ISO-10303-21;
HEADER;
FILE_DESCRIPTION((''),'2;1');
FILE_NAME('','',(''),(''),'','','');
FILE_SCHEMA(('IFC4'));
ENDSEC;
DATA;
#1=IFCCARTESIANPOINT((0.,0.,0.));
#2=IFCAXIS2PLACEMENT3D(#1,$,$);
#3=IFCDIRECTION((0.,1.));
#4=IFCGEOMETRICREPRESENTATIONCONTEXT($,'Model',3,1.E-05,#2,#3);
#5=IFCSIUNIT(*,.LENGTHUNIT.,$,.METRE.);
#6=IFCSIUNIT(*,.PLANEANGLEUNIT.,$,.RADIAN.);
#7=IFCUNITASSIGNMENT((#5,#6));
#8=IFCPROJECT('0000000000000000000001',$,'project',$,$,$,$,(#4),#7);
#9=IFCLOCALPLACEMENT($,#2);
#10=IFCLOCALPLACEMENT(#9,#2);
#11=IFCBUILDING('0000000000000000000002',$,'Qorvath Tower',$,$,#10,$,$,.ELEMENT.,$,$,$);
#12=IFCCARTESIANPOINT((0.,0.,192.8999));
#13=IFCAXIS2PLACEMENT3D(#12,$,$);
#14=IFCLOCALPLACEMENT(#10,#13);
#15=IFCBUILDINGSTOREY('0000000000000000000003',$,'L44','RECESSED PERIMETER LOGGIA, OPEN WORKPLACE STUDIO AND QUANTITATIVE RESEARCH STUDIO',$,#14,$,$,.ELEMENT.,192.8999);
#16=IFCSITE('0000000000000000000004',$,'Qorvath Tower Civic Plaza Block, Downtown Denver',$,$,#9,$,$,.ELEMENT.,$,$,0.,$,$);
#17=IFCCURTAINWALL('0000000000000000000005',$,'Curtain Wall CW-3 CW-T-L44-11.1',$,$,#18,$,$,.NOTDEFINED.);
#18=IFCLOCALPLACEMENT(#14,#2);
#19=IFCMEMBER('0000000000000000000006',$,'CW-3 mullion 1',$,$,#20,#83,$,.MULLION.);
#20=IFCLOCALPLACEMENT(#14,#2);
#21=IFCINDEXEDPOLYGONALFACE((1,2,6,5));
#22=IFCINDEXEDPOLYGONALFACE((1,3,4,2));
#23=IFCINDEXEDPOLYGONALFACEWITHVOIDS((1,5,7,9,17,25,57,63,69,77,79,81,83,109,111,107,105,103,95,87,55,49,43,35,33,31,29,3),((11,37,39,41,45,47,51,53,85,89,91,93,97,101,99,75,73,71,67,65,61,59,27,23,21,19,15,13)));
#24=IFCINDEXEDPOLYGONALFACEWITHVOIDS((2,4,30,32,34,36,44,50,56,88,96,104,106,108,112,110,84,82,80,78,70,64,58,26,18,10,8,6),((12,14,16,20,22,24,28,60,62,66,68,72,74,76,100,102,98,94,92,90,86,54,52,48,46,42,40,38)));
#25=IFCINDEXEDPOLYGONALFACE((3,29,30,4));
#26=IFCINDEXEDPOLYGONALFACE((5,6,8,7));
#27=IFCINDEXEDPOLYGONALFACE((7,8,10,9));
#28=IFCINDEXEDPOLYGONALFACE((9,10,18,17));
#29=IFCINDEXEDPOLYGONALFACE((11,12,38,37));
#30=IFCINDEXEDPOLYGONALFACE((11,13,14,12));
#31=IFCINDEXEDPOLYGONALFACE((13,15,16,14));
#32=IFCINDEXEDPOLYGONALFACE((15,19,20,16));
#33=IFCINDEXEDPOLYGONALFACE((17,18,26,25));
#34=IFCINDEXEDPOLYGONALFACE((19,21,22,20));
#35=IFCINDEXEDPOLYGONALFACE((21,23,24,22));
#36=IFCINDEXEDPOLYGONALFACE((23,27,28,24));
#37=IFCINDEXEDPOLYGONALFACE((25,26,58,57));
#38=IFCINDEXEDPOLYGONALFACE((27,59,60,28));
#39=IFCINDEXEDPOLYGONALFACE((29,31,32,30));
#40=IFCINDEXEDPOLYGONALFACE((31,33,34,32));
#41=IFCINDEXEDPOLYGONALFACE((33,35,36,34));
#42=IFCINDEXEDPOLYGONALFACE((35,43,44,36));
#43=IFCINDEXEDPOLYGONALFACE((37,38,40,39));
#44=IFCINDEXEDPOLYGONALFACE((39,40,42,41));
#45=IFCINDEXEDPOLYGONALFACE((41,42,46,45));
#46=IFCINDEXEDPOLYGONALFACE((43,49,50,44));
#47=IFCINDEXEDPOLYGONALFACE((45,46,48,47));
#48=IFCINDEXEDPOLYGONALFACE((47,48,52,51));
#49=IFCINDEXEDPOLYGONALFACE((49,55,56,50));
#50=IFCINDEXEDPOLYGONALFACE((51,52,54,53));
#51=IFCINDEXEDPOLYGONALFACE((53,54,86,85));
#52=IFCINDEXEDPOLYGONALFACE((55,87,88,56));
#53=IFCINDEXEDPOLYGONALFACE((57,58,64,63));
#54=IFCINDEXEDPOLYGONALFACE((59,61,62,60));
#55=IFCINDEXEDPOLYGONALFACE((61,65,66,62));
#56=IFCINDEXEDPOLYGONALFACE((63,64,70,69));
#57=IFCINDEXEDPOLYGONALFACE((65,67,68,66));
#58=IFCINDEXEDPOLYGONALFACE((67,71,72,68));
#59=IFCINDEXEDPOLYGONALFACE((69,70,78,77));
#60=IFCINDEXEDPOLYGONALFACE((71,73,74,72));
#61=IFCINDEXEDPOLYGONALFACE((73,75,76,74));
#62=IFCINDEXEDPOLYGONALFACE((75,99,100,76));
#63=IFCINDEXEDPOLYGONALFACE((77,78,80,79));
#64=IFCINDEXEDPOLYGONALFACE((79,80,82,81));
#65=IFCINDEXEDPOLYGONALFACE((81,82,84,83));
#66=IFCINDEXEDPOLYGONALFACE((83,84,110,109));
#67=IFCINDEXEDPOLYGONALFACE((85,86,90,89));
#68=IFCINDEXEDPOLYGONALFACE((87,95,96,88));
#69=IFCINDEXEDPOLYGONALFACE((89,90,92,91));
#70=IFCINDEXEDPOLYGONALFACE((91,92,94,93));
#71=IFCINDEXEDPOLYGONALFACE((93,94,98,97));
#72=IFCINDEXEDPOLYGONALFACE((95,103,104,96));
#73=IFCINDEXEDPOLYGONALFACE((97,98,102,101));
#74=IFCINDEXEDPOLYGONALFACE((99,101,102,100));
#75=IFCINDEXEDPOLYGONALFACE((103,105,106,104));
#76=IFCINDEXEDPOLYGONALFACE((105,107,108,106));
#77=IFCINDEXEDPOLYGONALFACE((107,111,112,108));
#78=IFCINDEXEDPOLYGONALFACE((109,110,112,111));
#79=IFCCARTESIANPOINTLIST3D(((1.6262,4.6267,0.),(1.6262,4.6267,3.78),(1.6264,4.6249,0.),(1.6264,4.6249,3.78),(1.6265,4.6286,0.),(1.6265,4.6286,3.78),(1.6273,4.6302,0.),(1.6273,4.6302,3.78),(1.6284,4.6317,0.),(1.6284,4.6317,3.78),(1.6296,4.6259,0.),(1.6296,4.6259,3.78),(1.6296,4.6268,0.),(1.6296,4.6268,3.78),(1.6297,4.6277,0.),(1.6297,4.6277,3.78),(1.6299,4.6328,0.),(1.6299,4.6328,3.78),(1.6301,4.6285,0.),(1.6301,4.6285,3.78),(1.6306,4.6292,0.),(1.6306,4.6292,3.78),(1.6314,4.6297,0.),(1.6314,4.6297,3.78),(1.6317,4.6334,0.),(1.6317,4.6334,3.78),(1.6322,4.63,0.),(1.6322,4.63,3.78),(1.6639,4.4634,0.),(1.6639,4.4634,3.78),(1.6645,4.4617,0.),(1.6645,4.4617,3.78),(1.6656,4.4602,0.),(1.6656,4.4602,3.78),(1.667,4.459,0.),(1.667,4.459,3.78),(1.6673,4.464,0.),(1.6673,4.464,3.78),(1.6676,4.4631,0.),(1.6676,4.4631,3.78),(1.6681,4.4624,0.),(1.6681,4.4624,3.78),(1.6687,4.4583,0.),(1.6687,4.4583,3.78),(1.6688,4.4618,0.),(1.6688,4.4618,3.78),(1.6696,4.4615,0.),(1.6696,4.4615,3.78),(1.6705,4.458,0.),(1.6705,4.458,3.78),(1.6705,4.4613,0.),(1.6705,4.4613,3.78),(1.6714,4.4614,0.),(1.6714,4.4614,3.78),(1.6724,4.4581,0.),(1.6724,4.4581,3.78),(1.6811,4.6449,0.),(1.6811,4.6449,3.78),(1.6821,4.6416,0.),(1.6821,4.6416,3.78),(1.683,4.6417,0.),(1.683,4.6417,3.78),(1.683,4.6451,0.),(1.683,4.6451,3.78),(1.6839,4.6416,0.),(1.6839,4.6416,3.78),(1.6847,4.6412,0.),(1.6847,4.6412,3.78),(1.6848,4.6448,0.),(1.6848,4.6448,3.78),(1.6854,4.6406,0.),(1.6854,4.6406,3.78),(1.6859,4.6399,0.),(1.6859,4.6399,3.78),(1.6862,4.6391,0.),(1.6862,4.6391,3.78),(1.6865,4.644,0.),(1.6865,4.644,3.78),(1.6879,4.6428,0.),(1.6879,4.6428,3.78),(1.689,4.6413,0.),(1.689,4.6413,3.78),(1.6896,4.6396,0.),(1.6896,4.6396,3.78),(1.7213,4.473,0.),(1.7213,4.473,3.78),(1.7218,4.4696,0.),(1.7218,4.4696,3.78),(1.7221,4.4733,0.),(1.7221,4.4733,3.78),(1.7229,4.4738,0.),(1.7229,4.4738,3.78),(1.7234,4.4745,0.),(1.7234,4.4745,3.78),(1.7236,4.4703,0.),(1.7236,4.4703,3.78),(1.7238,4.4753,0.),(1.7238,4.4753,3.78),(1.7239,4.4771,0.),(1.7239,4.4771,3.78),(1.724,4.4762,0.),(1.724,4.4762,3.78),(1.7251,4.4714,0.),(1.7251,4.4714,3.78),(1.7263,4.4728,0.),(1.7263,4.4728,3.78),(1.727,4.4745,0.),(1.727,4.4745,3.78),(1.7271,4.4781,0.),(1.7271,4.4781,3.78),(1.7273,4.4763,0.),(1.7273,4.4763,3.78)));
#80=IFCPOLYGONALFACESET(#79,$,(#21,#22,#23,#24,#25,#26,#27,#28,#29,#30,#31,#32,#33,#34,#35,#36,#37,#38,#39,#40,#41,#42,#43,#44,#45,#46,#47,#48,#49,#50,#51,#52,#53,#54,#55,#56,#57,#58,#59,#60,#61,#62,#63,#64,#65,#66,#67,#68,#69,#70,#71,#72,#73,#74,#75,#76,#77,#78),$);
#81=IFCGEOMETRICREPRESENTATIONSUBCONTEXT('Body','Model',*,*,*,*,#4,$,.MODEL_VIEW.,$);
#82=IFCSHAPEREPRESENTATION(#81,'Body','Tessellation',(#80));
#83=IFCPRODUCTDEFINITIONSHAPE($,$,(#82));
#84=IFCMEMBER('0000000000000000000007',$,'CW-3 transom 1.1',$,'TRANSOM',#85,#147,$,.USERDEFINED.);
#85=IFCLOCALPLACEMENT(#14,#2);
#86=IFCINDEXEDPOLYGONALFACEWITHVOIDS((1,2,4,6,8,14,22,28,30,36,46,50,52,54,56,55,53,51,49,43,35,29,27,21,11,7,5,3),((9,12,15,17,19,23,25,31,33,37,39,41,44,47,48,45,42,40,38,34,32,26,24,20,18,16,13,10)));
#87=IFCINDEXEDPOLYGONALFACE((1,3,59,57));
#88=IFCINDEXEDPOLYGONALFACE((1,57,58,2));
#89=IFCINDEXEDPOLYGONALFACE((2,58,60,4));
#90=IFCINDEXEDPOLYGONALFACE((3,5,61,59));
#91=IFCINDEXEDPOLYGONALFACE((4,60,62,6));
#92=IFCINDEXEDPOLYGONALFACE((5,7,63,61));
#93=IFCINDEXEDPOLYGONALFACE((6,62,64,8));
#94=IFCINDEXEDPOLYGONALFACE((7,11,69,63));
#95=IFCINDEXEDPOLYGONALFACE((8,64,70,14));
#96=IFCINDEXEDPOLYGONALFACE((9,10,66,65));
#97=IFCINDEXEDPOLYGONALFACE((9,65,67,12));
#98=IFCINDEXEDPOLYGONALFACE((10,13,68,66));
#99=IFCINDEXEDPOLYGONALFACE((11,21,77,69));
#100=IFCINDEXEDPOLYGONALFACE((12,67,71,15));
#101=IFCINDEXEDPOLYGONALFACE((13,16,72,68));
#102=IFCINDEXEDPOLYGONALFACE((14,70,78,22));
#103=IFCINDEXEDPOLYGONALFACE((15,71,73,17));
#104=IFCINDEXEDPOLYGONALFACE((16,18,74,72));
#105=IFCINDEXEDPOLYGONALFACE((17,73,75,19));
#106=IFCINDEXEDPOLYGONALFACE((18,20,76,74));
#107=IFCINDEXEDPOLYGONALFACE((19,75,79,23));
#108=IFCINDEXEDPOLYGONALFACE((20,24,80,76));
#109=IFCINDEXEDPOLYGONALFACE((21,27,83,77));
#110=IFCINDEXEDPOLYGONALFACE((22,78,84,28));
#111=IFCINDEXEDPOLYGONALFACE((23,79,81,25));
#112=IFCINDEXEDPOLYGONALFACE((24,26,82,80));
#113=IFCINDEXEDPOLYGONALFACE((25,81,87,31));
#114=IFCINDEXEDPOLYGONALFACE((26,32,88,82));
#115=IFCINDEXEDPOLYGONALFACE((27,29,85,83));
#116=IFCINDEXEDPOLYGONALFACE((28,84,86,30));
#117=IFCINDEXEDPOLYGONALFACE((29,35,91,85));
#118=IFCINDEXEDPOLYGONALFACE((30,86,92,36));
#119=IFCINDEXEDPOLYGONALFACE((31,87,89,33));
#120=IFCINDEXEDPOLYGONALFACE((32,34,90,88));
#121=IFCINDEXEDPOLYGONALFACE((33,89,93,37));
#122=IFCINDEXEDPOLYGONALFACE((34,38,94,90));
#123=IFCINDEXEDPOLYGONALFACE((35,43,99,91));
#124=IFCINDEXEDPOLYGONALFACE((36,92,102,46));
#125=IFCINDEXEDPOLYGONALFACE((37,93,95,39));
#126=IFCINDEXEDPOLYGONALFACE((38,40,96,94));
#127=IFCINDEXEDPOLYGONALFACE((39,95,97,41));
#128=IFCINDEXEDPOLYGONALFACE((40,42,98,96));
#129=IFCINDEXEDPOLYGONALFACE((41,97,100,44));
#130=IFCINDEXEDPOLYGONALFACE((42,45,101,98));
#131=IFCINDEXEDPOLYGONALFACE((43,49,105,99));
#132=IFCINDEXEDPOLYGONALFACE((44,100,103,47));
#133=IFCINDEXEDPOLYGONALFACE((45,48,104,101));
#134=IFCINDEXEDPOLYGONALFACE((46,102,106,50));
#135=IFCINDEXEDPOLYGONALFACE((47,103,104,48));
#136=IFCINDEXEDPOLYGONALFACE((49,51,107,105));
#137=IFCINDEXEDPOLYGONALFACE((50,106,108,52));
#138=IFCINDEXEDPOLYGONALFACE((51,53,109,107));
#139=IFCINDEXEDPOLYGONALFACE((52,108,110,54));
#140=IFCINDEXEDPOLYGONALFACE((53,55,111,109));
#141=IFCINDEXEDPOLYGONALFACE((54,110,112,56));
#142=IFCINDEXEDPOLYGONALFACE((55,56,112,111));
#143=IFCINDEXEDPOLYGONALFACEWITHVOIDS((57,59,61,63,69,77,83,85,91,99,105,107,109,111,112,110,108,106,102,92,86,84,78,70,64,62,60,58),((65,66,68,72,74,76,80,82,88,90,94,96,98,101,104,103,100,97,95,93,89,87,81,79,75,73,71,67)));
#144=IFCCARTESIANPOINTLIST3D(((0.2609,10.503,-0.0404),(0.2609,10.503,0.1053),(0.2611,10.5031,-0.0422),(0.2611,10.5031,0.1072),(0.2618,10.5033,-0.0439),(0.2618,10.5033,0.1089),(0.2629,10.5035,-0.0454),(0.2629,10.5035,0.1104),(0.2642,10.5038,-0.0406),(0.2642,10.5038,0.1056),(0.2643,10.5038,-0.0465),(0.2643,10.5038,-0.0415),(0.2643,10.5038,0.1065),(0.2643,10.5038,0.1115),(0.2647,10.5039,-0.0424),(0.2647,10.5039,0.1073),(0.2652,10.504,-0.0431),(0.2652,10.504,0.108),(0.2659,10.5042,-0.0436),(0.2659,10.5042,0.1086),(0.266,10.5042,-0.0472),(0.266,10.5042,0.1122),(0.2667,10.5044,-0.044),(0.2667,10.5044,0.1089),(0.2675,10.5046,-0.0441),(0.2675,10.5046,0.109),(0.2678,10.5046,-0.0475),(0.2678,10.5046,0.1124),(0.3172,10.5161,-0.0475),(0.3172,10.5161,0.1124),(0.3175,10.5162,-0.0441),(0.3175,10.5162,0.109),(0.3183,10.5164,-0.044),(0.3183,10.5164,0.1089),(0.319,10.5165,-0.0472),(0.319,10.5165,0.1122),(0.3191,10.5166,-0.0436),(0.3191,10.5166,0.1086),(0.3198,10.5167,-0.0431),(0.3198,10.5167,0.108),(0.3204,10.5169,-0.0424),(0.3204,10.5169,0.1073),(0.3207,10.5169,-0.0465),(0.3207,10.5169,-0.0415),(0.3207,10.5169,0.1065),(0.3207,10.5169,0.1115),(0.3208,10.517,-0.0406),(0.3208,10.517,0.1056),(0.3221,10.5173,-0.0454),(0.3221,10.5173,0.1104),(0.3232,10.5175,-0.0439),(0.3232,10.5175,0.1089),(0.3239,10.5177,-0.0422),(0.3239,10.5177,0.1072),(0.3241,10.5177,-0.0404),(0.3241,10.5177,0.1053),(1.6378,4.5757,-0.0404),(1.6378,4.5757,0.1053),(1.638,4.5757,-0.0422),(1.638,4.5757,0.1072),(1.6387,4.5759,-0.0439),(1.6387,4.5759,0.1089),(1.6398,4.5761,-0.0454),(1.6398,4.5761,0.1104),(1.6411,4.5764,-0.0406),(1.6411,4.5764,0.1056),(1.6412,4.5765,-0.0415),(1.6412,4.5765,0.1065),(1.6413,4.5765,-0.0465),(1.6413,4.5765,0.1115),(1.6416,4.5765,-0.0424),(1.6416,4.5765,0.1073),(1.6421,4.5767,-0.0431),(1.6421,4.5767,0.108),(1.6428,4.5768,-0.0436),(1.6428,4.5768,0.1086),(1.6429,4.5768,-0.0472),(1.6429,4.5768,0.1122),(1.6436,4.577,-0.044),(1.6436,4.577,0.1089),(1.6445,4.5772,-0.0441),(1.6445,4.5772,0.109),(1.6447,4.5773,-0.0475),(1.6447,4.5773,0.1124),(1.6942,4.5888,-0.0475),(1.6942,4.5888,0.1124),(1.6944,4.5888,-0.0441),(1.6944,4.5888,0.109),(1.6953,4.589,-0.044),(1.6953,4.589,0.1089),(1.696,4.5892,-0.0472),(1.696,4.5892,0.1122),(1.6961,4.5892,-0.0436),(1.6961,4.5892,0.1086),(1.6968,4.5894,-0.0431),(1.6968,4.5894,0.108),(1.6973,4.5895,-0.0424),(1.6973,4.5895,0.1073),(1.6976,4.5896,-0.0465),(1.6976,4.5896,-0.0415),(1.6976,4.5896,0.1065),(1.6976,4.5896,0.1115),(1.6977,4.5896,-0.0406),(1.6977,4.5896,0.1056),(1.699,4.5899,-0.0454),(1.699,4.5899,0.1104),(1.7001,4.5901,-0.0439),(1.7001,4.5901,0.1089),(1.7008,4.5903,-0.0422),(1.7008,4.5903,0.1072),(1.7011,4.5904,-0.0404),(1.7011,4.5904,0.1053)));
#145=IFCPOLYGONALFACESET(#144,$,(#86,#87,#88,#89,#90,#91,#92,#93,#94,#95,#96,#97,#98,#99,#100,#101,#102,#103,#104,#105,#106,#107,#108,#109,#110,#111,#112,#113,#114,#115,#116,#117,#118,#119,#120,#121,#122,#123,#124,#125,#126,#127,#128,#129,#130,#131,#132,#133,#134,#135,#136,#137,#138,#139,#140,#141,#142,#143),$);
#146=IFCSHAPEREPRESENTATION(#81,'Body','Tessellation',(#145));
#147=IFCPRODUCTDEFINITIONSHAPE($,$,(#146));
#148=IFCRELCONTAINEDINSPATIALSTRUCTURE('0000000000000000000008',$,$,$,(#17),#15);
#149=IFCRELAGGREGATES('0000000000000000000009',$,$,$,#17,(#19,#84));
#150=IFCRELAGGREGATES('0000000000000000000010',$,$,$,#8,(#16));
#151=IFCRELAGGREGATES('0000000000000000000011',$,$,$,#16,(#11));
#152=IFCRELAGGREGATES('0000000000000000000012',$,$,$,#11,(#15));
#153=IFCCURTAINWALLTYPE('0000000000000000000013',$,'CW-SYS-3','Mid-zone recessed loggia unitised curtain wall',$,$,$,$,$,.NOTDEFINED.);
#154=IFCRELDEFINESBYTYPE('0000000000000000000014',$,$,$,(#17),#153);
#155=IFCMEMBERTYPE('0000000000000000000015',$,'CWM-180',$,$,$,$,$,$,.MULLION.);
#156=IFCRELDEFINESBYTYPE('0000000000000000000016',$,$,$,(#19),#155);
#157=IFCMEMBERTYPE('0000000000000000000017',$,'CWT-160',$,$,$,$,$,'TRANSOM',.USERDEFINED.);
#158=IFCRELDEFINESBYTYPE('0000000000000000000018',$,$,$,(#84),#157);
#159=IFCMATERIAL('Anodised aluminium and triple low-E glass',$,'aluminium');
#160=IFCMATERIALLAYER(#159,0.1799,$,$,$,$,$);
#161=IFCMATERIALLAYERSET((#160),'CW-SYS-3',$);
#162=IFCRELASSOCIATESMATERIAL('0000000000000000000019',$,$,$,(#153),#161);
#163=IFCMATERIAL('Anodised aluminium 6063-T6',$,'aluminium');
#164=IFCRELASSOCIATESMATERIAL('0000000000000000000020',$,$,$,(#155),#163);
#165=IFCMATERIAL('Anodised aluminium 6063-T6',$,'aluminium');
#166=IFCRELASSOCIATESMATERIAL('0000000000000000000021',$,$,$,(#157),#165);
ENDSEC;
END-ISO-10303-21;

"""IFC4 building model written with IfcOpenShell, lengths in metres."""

from ifc_helpers import new_model, si_unit, direction, frame, origin, origin_2d, place, context, subcontext, project, spatial, hollow_rectangle, extrude, material, layer, layer_set, material_profile, profile_set, type_object, element, aggregate, save


model = new_model("IFC4")

# Units and contexts
model_context = context("Model", 3, precision=1e-05, world=origin(), true_north=direction((0.0, 1.0)))
body_context = subcontext(model_context, "Body", "Model", "MODEL_VIEW")
ifc_project = project(units=[si_unit("LENGTHUNIT", "METRE"), si_unit("PLANEANGLEUNIT", "RADIAN")], contexts=[model_context])

# Site, building, storey
site_placement = place(None, origin())
site = spatial("IfcSite", under=ifc_project, at=site_placement, Name="Qorvath Tower Civic Plaza Block, Downtown Denver", CompositionType="ELEMENT", RefElevation=0.0)
building_placement = place(site_placement, origin())
building = spatial("IfcBuilding", under=site, at=building_placement, Name="Qorvath Tower", CompositionType="ELEMENT")
storey_placement = place(building_placement, frame((0.0, 0.0, 192.8999)))
storey = spatial("IfcBuildingStorey", under=building, at=storey_placement, Name="L44", Description="RECESSED PERIMETER LOGGIA, OPEN WORKPLACE STUDIO AND QUANTITATIVE RESEARCH STUDIO", CompositionType="ELEMENT", Elevation=192.8999)

# Curtain wall, members
ifc_material_1 = material(Name="Anodised aluminium and triple low-E glass", Category="aluminium")
ifc_layer_1 = layer(ifc_material_1, 0.1799)
ifc_layer_set_1 = layer_set([ifc_layer_1], Name="CW-SYS-3")
curtain_wall_type = type_object("IfcCurtainWallType", Name="CW-SYS-3", Description="Mid-zone recessed loggia unitised curtain wall", PredefinedType="NOTDEFINED", material=ifc_layer_set_1)
curtain_wall_placement = place(storey_placement, origin())
curtain_wall = element("IfcCurtainWall", 1, at=curtain_wall_placement, inside=storey, type_object=curtain_wall_type, Name="Curtain Wall CW-3 CW-T-L44-11.1", PredefinedType="NOTDEFINED")
ifc_material_2 = material(Name="Anodised aluminium 6063-T6", Category="aluminium")
ifc_material_profile_1 = material_profile(ifc_material_2, hollow_rectangle(XDim=0.0649, YDim=0.1799, WallThickness=0.0034, InnerFilletRadius=0.0034, OuterFilletRadius=0.0071, at=origin_2d()), Name="CWM 180x65")
ifc_profile_set_1 = profile_set([ifc_material_profile_1], Name="Anodised aluminium 6063-T6")
member_type_1 = type_object("IfcMemberType", Name="CWM-180", PredefinedType="MULLION", material=ifc_profile_set_1)
member_1_placement = place(storey_placement, frame((1.6768, 4.5515, 0.0), z_axis=(0.0, 0.0, 1.0), x_axis=(-0.974064, -0.226272, 0.0)))
member_1 = element("IfcMember", 2, at=member_1_placement, type_object=member_type_1, Name="CW-3 mullion 1", PredefinedType="MULLION", context=body_context, shape_type="SweptSolid", body=[
    extrude(hollow_rectangle(XDim=0.0649, YDim=0.1799, WallThickness=0.0034, InnerFilletRadius=0.0034, OuterFilletRadius=0.0071, at=origin_2d()), origin(), (0.0, 0.0, 1.0), 3.78),
])
ifc_material_3 = material(Name="Anodised aluminium 6063-T6", Category="aluminium")
ifc_material_profile_2 = material_profile(ifc_material_3, hollow_rectangle(XDim=0.0649, YDim=0.1599, WallThickness=0.0034, InnerFilletRadius=0.0034, OuterFilletRadius=0.0071, at=origin_2d()), Name="CWT 160x65")
ifc_profile_set_2 = profile_set([ifc_material_profile_2], Name="Anodised aluminium 6063-T6")
member_type_2 = type_object("IfcMemberType", Name="CWT-160", ElementType="TRANSOM", PredefinedType="USERDEFINED", material=ifc_profile_set_2)
member_2_placement = place(storey_placement, frame((1.6694, 4.583, 0.0325), z_axis=(-0.226274, 0.974064, 0.0), x_axis=(-0.974064, -0.226274, 0.0)))
member_2 = element("IfcMember", 3, at=member_2_placement, type_object=member_type_2, Name="CW-3 transom 1.1", ObjectType="TRANSOM", PredefinedType="USERDEFINED", context=body_context, shape_type="SweptSolid", body=[
    extrude(hollow_rectangle(XDim=0.0649, YDim=0.1599, WallThickness=0.0034, InnerFilletRadius=0.0034, OuterFilletRadius=0.0071, at=origin_2d()), origin(), (0.0, 0.0, 1.0), 6.0852),
])
aggregate(curtain_wall, [member_1, member_2])

save(model, "model.ifc")
